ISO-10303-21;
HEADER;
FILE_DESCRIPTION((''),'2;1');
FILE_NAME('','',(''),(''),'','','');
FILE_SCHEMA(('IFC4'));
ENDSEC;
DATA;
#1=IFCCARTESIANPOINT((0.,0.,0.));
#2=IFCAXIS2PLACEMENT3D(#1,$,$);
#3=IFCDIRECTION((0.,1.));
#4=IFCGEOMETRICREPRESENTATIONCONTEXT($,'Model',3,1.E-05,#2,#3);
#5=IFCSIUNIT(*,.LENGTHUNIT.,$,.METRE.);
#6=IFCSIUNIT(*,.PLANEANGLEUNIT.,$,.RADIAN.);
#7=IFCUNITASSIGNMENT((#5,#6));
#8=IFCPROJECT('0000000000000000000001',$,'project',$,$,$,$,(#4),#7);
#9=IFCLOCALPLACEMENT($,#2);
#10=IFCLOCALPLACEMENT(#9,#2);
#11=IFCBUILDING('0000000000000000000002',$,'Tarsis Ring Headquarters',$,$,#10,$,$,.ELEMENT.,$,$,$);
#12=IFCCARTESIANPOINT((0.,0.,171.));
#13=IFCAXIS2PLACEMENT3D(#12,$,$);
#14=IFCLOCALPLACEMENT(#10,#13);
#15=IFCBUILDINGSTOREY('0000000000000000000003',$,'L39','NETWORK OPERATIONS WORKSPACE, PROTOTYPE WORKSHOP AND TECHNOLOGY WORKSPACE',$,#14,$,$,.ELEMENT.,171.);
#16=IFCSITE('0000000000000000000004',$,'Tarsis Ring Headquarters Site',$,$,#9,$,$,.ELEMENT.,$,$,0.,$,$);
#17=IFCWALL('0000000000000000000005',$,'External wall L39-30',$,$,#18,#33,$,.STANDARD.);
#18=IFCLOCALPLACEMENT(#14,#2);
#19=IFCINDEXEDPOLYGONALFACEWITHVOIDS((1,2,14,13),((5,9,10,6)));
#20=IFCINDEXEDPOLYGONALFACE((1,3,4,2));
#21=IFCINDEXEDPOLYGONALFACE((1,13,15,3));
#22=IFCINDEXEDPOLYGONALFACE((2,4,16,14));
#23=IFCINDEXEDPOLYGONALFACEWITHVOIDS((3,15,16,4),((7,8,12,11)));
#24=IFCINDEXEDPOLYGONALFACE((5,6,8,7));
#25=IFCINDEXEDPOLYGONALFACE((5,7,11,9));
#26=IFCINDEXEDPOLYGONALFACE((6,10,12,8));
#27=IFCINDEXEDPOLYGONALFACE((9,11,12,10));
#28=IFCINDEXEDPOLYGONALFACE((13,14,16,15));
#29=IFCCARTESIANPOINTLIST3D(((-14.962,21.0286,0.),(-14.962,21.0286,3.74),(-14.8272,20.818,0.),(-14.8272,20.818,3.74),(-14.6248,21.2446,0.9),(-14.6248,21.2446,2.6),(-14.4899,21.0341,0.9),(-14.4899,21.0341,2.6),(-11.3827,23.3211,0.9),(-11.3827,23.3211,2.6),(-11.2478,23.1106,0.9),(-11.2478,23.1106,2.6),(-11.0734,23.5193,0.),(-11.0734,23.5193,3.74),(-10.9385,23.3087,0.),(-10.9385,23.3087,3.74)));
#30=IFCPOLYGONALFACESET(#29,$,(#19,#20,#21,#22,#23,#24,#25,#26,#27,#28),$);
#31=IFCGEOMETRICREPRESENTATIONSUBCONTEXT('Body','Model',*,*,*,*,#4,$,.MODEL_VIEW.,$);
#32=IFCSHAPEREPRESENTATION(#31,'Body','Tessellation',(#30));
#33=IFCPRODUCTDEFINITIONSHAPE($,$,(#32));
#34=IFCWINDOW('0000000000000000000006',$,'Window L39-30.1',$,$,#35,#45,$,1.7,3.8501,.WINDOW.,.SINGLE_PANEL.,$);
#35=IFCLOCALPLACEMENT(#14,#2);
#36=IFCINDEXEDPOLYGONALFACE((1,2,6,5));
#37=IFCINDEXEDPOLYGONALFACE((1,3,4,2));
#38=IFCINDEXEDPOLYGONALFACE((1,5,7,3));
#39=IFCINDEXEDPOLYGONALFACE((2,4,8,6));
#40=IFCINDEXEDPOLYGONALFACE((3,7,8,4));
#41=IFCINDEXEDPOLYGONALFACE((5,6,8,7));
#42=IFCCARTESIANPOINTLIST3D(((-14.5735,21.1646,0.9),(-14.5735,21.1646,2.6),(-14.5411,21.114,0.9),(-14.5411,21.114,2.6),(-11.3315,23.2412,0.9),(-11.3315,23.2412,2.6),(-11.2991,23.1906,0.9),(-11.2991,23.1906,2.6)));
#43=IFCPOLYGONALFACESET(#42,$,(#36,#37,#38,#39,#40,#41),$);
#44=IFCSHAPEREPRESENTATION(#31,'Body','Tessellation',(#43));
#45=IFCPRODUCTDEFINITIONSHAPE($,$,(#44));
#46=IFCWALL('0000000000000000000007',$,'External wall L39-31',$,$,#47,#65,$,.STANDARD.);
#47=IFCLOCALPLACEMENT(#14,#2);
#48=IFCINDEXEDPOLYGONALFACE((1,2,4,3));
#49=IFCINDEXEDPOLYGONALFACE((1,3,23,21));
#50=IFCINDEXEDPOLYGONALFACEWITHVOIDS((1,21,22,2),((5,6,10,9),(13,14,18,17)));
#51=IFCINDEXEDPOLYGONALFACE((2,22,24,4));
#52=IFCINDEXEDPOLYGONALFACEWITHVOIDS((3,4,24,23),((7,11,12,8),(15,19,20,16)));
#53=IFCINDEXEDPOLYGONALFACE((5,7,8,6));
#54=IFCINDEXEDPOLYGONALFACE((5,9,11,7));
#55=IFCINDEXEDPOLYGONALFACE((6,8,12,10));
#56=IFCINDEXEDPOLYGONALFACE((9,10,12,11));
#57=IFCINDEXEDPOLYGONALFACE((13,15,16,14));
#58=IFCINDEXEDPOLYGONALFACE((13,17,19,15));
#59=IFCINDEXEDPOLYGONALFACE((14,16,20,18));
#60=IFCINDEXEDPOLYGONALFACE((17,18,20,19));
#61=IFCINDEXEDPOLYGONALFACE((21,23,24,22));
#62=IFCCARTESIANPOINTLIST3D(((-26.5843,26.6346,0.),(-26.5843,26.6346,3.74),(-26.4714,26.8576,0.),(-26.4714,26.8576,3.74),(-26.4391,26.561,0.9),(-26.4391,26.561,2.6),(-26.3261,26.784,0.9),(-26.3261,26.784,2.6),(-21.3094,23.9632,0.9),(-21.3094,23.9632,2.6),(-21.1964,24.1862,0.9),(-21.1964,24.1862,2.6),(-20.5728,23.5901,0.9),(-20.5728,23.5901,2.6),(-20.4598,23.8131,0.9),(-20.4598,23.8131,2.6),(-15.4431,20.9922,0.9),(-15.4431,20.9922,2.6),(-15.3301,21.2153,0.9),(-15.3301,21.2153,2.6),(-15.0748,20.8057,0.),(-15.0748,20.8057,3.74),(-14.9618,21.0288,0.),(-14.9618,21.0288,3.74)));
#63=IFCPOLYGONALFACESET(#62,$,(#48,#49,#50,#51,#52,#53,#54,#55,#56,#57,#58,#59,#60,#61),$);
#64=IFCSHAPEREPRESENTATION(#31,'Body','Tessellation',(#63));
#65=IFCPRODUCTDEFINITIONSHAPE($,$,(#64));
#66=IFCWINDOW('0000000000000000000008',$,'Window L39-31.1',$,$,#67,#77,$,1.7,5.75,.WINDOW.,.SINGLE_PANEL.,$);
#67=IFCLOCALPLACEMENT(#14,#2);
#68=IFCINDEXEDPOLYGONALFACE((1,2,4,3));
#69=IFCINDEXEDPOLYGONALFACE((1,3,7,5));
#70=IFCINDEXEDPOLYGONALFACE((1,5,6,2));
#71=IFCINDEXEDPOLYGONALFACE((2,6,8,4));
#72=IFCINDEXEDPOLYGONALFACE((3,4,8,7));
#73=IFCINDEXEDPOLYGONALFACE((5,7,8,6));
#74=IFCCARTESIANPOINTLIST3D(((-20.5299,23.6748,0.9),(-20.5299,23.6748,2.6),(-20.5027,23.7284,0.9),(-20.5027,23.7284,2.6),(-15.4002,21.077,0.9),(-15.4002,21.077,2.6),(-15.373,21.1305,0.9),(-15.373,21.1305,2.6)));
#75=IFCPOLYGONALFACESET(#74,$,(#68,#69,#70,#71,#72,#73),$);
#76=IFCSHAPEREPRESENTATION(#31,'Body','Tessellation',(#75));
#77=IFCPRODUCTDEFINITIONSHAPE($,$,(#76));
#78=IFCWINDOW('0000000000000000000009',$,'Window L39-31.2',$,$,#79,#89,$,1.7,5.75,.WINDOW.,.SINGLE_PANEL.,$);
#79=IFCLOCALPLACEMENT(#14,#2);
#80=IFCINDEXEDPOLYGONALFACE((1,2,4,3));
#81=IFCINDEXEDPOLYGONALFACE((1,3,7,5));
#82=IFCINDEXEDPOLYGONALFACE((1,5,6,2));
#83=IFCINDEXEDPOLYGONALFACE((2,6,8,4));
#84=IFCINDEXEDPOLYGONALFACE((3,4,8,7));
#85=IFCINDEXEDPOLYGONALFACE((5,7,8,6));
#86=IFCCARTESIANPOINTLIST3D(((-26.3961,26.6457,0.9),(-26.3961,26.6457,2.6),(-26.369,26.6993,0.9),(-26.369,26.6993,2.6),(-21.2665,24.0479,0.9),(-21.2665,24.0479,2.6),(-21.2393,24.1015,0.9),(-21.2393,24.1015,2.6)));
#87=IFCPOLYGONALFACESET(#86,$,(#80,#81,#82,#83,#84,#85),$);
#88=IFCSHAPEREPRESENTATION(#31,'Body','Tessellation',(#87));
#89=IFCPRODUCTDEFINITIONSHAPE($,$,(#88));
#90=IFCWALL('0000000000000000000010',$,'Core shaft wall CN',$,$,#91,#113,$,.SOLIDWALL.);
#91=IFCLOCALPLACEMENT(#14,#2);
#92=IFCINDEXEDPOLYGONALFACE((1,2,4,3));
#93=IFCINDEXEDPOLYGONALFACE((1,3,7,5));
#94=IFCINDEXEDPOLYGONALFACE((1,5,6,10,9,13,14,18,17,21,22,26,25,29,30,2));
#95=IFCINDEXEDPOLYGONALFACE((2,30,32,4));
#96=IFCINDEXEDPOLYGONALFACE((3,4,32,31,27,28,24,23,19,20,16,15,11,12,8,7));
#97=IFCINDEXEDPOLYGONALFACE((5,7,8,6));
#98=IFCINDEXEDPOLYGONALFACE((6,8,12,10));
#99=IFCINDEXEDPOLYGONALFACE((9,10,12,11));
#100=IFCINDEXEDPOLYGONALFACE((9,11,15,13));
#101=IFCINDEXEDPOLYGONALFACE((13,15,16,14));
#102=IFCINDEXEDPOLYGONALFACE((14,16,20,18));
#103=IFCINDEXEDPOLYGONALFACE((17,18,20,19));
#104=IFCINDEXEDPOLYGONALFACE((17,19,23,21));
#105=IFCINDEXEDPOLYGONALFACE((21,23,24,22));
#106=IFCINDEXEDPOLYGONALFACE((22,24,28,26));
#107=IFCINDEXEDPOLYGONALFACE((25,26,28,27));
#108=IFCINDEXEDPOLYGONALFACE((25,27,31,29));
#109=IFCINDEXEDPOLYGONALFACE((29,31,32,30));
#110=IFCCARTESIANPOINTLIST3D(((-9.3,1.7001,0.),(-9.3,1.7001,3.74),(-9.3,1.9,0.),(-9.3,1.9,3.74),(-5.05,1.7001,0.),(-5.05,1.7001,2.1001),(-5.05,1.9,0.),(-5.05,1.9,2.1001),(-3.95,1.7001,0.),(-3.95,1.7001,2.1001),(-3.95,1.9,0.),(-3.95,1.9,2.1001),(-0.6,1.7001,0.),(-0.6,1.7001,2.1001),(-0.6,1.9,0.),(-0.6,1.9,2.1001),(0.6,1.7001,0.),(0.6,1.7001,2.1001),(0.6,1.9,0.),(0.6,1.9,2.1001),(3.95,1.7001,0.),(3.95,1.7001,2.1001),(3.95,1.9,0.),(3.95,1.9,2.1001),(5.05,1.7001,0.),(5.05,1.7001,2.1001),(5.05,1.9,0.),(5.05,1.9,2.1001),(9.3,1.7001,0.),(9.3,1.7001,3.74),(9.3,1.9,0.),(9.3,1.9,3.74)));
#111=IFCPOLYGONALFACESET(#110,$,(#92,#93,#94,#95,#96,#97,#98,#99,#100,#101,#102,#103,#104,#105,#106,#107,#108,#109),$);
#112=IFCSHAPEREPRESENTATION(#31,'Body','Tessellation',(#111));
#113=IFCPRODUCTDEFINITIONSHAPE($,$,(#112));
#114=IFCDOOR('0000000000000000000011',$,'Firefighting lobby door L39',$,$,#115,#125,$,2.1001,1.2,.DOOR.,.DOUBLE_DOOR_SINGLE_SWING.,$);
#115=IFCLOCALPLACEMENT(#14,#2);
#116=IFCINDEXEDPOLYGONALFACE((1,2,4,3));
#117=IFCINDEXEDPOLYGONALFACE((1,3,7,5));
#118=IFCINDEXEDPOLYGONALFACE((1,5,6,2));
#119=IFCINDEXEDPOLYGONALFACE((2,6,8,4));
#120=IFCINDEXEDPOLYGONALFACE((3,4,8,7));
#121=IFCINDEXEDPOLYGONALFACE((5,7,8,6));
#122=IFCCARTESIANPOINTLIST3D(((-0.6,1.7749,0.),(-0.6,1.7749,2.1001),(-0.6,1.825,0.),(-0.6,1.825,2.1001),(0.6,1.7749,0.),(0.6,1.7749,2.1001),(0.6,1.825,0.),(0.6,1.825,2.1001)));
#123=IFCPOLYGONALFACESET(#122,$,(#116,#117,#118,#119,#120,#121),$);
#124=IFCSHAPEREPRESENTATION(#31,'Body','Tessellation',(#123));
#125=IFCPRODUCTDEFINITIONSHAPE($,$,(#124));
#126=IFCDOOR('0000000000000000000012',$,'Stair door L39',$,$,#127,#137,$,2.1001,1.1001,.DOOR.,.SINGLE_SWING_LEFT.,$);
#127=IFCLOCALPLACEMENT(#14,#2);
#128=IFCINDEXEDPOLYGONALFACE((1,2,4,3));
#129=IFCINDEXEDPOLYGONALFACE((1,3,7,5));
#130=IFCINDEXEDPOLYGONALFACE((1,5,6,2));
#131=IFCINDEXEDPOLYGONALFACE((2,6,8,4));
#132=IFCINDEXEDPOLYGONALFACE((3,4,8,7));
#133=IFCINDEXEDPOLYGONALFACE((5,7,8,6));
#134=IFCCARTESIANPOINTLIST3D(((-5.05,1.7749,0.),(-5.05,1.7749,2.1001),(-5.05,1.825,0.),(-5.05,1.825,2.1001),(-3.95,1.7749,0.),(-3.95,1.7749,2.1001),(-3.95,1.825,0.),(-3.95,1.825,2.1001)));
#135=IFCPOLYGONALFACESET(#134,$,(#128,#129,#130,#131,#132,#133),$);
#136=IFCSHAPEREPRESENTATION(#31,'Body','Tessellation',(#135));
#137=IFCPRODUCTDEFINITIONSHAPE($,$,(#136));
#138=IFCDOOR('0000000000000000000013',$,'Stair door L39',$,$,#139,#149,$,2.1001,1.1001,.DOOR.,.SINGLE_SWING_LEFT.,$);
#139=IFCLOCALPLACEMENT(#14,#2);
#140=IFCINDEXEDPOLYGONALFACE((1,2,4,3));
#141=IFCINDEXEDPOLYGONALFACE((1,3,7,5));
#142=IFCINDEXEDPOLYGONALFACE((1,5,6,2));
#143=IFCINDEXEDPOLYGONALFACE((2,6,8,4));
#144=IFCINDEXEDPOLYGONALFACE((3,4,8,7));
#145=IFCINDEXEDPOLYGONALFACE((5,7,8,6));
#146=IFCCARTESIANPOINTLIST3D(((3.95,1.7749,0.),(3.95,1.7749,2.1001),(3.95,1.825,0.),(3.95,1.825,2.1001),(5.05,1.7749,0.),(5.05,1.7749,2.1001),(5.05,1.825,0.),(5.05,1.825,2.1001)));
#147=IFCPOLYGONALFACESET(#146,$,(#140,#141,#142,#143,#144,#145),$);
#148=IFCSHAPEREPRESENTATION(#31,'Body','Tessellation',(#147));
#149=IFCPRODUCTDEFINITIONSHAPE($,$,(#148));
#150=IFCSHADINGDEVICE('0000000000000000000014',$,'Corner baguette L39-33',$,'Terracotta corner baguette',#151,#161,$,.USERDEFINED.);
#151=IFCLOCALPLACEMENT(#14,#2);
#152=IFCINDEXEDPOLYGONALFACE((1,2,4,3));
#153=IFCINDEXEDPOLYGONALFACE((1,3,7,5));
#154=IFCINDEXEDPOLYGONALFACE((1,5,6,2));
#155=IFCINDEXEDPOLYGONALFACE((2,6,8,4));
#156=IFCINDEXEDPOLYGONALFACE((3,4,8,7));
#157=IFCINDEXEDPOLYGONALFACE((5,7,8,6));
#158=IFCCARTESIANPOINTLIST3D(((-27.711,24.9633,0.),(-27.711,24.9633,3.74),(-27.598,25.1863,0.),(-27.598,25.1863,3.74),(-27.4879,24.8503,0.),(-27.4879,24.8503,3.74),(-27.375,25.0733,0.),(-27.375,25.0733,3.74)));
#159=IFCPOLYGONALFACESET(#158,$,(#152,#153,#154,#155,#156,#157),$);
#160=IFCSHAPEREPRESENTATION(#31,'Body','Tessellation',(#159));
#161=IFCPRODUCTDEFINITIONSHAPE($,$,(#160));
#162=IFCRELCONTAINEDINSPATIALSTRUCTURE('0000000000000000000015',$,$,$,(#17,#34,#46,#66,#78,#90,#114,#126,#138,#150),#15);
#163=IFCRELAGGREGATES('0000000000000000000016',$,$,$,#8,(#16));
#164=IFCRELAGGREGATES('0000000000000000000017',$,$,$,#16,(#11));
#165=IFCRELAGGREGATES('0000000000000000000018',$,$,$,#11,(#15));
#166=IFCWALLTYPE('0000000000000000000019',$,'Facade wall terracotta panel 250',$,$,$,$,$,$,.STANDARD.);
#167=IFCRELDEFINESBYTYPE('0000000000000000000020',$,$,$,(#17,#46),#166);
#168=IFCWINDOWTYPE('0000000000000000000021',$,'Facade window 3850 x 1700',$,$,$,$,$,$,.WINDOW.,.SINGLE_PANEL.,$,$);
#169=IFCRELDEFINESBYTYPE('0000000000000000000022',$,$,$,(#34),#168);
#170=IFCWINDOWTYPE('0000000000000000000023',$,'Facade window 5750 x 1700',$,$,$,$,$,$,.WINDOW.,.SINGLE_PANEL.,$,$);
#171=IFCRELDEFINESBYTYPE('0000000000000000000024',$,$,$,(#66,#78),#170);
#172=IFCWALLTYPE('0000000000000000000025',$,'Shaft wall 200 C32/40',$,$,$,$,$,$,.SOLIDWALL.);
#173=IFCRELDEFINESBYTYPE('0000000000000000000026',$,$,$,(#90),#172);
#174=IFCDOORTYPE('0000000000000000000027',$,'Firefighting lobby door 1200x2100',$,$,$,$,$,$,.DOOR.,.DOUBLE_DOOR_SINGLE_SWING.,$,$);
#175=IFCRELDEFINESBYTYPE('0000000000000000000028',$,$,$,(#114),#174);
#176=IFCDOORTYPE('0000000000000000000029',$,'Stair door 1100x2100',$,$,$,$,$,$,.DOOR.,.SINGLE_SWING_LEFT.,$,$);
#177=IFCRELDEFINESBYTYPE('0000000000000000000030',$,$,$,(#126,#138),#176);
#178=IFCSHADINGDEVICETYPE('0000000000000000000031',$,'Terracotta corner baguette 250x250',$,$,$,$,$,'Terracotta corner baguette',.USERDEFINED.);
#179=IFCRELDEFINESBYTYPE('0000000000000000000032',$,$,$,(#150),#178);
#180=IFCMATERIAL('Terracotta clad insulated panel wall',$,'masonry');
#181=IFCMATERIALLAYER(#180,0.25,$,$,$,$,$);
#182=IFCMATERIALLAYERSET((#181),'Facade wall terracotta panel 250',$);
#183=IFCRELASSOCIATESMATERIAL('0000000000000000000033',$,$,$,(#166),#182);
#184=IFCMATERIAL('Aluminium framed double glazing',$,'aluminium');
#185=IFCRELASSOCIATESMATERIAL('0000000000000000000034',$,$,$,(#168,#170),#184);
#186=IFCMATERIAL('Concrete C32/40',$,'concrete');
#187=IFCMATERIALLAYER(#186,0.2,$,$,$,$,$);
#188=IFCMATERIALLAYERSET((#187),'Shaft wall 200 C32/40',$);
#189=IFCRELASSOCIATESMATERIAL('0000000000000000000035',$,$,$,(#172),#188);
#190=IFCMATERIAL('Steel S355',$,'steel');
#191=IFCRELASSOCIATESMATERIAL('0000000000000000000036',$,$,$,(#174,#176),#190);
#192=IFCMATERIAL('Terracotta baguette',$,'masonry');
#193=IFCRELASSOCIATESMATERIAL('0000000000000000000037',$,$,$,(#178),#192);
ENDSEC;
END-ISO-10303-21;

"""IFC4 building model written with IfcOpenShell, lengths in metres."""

from ifc_helpers import new_model, si_unit, direction, frame, frame_2d, origin, origin_2d, place, context, subcontext, project, spatial, rectangle, extrude, material, layer, layer_set, type_object, element, fill, save


model = new_model("IFC4")

# Units and contexts
model_context = context("Model", 3, precision=1e-05, world=origin(), true_north=direction((0.0, 1.0)))
body_context = subcontext(model_context, "Body", "Model", "MODEL_VIEW")
ifc_project = project(units=[si_unit("LENGTHUNIT", "METRE"), si_unit("PLANEANGLEUNIT", "RADIAN")], contexts=[model_context])

# Site, building, storey
site_placement = place(None, origin())
site = spatial("IfcSite", under=ifc_project, at=site_placement, Name="Tarsis Ring Headquarters Site", CompositionType="ELEMENT", RefElevation=0.0)
building_placement = place(site_placement, origin())
building = spatial("IfcBuilding", under=site, at=building_placement, Name="Tarsis Ring Headquarters", CompositionType="ELEMENT")
storey_placement = place(building_placement, frame((0.0, 0.0, 171.0)))
storey = spatial("IfcBuildingStorey", under=building, at=storey_placement, Name="L39", Description="NETWORK OPERATIONS WORKSPACE, PROTOTYPE WORKSHOP AND TECHNOLOGY WORKSPACE", CompositionType="ELEMENT", Elevation=171.0)

# Shared definitions
ifc_material_1 = material(Name="Steel S355", Category="steel")

# Wall, opening, window
ifc_material_2 = material(Name="Terracotta clad insulated panel wall", Category="masonry")
ifc_layer_1 = layer(ifc_material_2, 0.25)
ifc_layer_set_1 = layer_set([ifc_layer_1], Name="Facade wall terracotta panel 250")
wall_type_1 = type_object("IfcWallType", Name="Facade wall terracotta panel 250", PredefinedType="STANDARD", material=ifc_layer_set_1)
wall_1_placement = place(storey_placement, frame((-11.0059, 23.4141, 0.0), z_axis=(0.0, 0.0, 1.0), x_axis=(-0.842077, -0.539357, 0.0)))
wall_1 = element("IfcWall", 1, at=wall_1_placement, inside=storey, type_object=wall_type_1, Name="External wall L39-30", PredefinedType="STANDARD", context=body_context, shape_type="SweptSolid", body=[
    extrude(rectangle(XDim=4.6179, YDim=0.25, at=frame_2d((2.3091, 0.0))), origin(), (0.0, 0.0, 1.0), 3.74),
])
opening_1_placement = place(wall_1_placement, frame((0.3674, 0.0, 0.8999)))
opening_1 = element("IfcOpeningElement", 2, at=opening_1_placement, cuts=wall_1, PredefinedType="OPENING", context=body_context, shape_type="SweptSolid", body=[
    extrude(rectangle(XDim=3.8501, YDim=1.7, at=frame_2d((1.925, 0.8501))), frame((0.0, 0.135, 0.0), z_axis=(0.0, -1.0, 0.0), x_axis=(1.0, 0.0, 0.0)), (0.0, 0.0, 1.0), 0.27),
])
ifc_material_3 = material(Name="Aluminium framed double glazing", Category="aluminium")
window_type_1 = type_object("IfcWindowType", Name="Facade window 3850 x 1700", PartitioningType="SINGLE_PANEL", PredefinedType="WINDOW", material=ifc_material_3)
window_1_placement = place(opening_1_placement, origin())
window_1 = element("IfcWindow", 3, at=window_1_placement, inside=storey, type_object=window_type_1, Name="Window L39-30.1", OverallHeight=1.7, OverallWidth=3.8501, PartitioningType="SINGLE_PANEL", PredefinedType="WINDOW", context=body_context, shape_type="SweptSolid", body=[
    extrude(rectangle(XDim=3.8501, YDim=1.7, at=frame_2d((1.925, 0.8501))), frame((0.0, 0.03, 0.0), z_axis=(0.0, -1.0, 0.0), x_axis=(1.0, 0.0, 0.0)), (0.0, 0.0, 1.0), 0.0601),
])
fill(opening_1, window_1)

# Wall, openings, windows
wall_2_placement = place(storey_placement, frame((-15.0183, 20.9172, 0.0), z_axis=(0.0, 0.0, 1.0), x_axis=(-0.892118, 0.451802, 0.0)))
wall_2 = element("IfcWall", 4, at=wall_2_placement, inside=storey, type_object=wall_type_1, Name="External wall L39-31", PredefinedType="STANDARD", context=body_context, shape_type="SweptSolid", body=[
    extrude(rectangle(XDim=12.9014, YDim=0.25, at=frame_2d((6.4507, 0.0))), origin(), (0.0, 0.0, 1.0), 3.74),
])
opening_2_placement = place(wall_2_placement, frame((0.4128, 0.0, 0.8999)))
opening_2 = element("IfcOpeningElement", 5, at=opening_2_placement, cuts=wall_2, PredefinedType="OPENING", context=body_context, shape_type="SweptSolid", body=[
    extrude(rectangle(XDim=5.75, YDim=1.7, at=frame_2d((2.875, 0.8501))), frame((0.0, 0.135, 0.0), z_axis=(0.0, -1.0, 0.0), x_axis=(1.0, 0.0, 0.0)), (0.0, 0.0, 1.0), 0.27),
])
opening_3_placement = place(wall_2_placement, frame((6.9885, 0.0, 0.8999)))
opening_3 = element("IfcOpeningElement", 6, at=opening_3_placement, cuts=wall_2, PredefinedType="OPENING", context=body_context, shape_type="SweptSolid", body=[
    extrude(rectangle(XDim=5.75, YDim=1.7, at=frame_2d((2.875, 0.8501))), frame((0.0, 0.135, 0.0), z_axis=(0.0, -1.0, 0.0), x_axis=(1.0, 0.0, 0.0)), (0.0, 0.0, 1.0), 0.27),
])
window_type_2 = type_object("IfcWindowType", Name="Facade window 5750 x 1700", PartitioningType="SINGLE_PANEL", PredefinedType="WINDOW", material=ifc_material_3)
window_2_placement = place(opening_2_placement, origin())
window_2 = element("IfcWindow", 7, at=window_2_placement, inside=storey, type_object=window_type_2, Name="Window L39-31.1", OverallHeight=1.7, OverallWidth=5.75, PartitioningType="SINGLE_PANEL", PredefinedType="WINDOW", context=body_context, shape_type="SweptSolid", body=[
    extrude(rectangle(XDim=5.75, YDim=1.7, at=frame_2d((2.875, 0.8501))), frame((0.0, 0.03, 0.0), z_axis=(0.0, -1.0, 0.0), x_axis=(1.0, 0.0, 0.0)), (0.0, 0.0, 1.0), 0.0601),
])
fill(opening_2, window_2)
window_3_placement = place(opening_3_placement, origin())
window_3 = element("IfcWindow", 8, at=window_3_placement, inside=storey, type_object=window_type_2, Name="Window L39-31.2", OverallHeight=1.7, OverallWidth=5.75, PartitioningType="SINGLE_PANEL", PredefinedType="WINDOW", context=body_context, shape_type="SweptSolid", body=[
    extrude(rectangle(XDim=5.75, YDim=1.7, at=frame_2d((2.875, 0.8501))), frame((0.0, 0.03, 0.0), z_axis=(0.0, -1.0, 0.0), x_axis=(1.0, 0.0, 0.0)), (0.0, 0.0, 1.0), 0.0601),
])
fill(opening_3, window_3)

# Wall, openings, doors
ifc_material_4 = material(Name="Concrete C32/40", Category="concrete")
ifc_layer_2 = layer(ifc_material_4, 0.2)
ifc_layer_set_2 = layer_set([ifc_layer_2], Name="Shaft wall 200 C32/40")
wall_type_2 = type_object("IfcWallType", Name="Shaft wall 200 C32/40", PredefinedType="SOLIDWALL", material=ifc_layer_set_2)
wall_3_placement = place(storey_placement, frame((-9.3, 1.8, 0.0), z_axis=(0.0, 0.0, 1.0), x_axis=(1.0, 0.0, 0.0)))
wall_3 = element("IfcWall", 9, at=wall_3_placement, inside=storey, type_object=wall_type_2, Name="Core shaft wall CN", PredefinedType="SOLIDWALL", context=body_context, shape_type="SweptSolid", body=[
    extrude(rectangle(XDim=18.6001, YDim=0.2, at=frame_2d((9.3, 0.0))), origin(), (0.0, 0.0, 1.0), 3.74),
])
opening_4_placement = place(wall_3_placement, frame((4.25, 0.0, 0.0)))
opening_4 = element("IfcOpeningElement", 10, at=opening_4_placement, cuts=wall_3, PredefinedType="OPENING", context=body_context, shape_type="SweptSolid", body=[
    extrude(rectangle(XDim=1.1001, YDim=2.1001, at=frame_2d((0.55, 1.05))), frame((0.0, 0.1099, 0.0), z_axis=(0.0, -1.0, 0.0), x_axis=(1.0, 0.0, 0.0)), (0.0, 0.0, 1.0), 0.22),
])
opening_5_placement = place(wall_3_placement, frame((8.7, 0.0, 0.0)))
opening_5 = element("IfcOpeningElement", 11, at=opening_5_placement, cuts=wall_3, PredefinedType="OPENING", context=body_context, shape_type="SweptSolid", body=[
    extrude(rectangle(XDim=1.2, YDim=2.1001, at=frame_2d((0.6001, 1.05))), frame((0.0, 0.1099, 0.0), z_axis=(0.0, -1.0, 0.0), x_axis=(1.0, 0.0, 0.0)), (0.0, 0.0, 1.0), 0.22),
])
opening_6_placement = place(wall_3_placement, frame((13.25, 0.0, 0.0)))
opening_6 = element("IfcOpeningElement", 12, at=opening_6_placement, cuts=wall_3, PredefinedType="OPENING", context=body_context, shape_type="SweptSolid", body=[
    extrude(rectangle(XDim=1.1001, YDim=2.1001, at=frame_2d((0.55, 1.05))), frame((0.0, 0.1099, 0.0), z_axis=(0.0, -1.0, 0.0), x_axis=(1.0, 0.0, 0.0)), (0.0, 0.0, 1.0), 0.22),
])
door_type_1 = type_object("IfcDoorType", Name="Firefighting lobby door 1200x2100", OperationType="DOUBLE_DOOR_SINGLE_SWING", PredefinedType="DOOR", material=ifc_material_1)
door_1_placement = place(opening_5_placement, origin())
door_1 = element("IfcDoor", 13, at=door_1_placement, inside=storey, type_object=door_type_1, Name="Firefighting lobby door L39", OperationType="DOUBLE_DOOR_SINGLE_SWING", OverallHeight=2.1001, OverallWidth=1.2, PredefinedType="DOOR", context=body_context, shape_type="SweptSolid", body=[
    extrude(rectangle(XDim=1.2, YDim=2.1001, at=frame_2d((0.6001, 1.05))), frame((0.0, 0.0249, 0.0), z_axis=(0.0, -1.0, 0.0), x_axis=(1.0, 0.0, 0.0)), (0.0, 0.0, 1.0), 0.05),
])
fill(opening_5, door_1)
door_type_2 = type_object("IfcDoorType", Name="Stair door 1100x2100", OperationType="SINGLE_SWING_LEFT", PredefinedType="DOOR", material=ifc_material_1)
door_2_placement = place(opening_4_placement, origin())
door_2 = element("IfcDoor", 14, at=door_2_placement, inside=storey, type_object=door_type_2, Name="Stair door L39", OperationType="SINGLE_SWING_LEFT", OverallHeight=2.1001, OverallWidth=1.1001, PredefinedType="DOOR", context=body_context, shape_type="SweptSolid", body=[
    extrude(rectangle(XDim=1.1001, YDim=2.1001, at=frame_2d((0.55, 1.05))), frame((0.0, 0.0249, 0.0), z_axis=(0.0, -1.0, 0.0), x_axis=(1.0, 0.0, 0.0)), (0.0, 0.0, 1.0), 0.05),
])
fill(opening_4, door_2)
door_3_placement = place(opening_6_placement, origin())
door_3 = element("IfcDoor", 15, at=door_3_placement, inside=storey, type_object=door_type_2, Name="Stair door L39", OperationType="SINGLE_SWING_LEFT", OverallHeight=2.1001, OverallWidth=1.1001, PredefinedType="DOOR", context=body_context, shape_type="SweptSolid", body=[
    extrude(rectangle(XDim=1.1001, YDim=2.1001, at=frame_2d((0.55, 1.05))), frame((0.0, 0.0249, 0.0), z_axis=(0.0, -1.0, 0.0), x_axis=(1.0, 0.0, 0.0)), (0.0, 0.0, 1.0), 0.05),
])
fill(opening_6, door_3)

# Shading device
ifc_material_5 = material(Name="Terracotta baguette", Category="masonry")
shading_device_type_1 = type_object("IfcShadingDeviceType", Name="Terracotta corner baguette 250x250", ElementType="Terracotta corner baguette", PredefinedType="USERDEFINED", material=ifc_material_5)
shading_device_1_placement = place(storey_placement, frame((-27.543, 25.0183, 0.0), z_axis=(0.0, 0.0, 1.0), x_axis=(-0.451812, -0.892113, 0.0)))
element("IfcShadingDevice", 16, at=shading_device_1_placement, inside=storey, type_object=shading_device_type_1, Name="Corner baguette L39-33", ObjectType="Terracotta corner baguette", PredefinedType="USERDEFINED", context=body_context, shape_type="SweptSolid", body=[
    extrude(rectangle(XDim=0.25, YDim=0.25, at=origin_2d()), origin(), (0.0, 0.0, 1.0), 3.74),
])

save(model, "model.ifc")
